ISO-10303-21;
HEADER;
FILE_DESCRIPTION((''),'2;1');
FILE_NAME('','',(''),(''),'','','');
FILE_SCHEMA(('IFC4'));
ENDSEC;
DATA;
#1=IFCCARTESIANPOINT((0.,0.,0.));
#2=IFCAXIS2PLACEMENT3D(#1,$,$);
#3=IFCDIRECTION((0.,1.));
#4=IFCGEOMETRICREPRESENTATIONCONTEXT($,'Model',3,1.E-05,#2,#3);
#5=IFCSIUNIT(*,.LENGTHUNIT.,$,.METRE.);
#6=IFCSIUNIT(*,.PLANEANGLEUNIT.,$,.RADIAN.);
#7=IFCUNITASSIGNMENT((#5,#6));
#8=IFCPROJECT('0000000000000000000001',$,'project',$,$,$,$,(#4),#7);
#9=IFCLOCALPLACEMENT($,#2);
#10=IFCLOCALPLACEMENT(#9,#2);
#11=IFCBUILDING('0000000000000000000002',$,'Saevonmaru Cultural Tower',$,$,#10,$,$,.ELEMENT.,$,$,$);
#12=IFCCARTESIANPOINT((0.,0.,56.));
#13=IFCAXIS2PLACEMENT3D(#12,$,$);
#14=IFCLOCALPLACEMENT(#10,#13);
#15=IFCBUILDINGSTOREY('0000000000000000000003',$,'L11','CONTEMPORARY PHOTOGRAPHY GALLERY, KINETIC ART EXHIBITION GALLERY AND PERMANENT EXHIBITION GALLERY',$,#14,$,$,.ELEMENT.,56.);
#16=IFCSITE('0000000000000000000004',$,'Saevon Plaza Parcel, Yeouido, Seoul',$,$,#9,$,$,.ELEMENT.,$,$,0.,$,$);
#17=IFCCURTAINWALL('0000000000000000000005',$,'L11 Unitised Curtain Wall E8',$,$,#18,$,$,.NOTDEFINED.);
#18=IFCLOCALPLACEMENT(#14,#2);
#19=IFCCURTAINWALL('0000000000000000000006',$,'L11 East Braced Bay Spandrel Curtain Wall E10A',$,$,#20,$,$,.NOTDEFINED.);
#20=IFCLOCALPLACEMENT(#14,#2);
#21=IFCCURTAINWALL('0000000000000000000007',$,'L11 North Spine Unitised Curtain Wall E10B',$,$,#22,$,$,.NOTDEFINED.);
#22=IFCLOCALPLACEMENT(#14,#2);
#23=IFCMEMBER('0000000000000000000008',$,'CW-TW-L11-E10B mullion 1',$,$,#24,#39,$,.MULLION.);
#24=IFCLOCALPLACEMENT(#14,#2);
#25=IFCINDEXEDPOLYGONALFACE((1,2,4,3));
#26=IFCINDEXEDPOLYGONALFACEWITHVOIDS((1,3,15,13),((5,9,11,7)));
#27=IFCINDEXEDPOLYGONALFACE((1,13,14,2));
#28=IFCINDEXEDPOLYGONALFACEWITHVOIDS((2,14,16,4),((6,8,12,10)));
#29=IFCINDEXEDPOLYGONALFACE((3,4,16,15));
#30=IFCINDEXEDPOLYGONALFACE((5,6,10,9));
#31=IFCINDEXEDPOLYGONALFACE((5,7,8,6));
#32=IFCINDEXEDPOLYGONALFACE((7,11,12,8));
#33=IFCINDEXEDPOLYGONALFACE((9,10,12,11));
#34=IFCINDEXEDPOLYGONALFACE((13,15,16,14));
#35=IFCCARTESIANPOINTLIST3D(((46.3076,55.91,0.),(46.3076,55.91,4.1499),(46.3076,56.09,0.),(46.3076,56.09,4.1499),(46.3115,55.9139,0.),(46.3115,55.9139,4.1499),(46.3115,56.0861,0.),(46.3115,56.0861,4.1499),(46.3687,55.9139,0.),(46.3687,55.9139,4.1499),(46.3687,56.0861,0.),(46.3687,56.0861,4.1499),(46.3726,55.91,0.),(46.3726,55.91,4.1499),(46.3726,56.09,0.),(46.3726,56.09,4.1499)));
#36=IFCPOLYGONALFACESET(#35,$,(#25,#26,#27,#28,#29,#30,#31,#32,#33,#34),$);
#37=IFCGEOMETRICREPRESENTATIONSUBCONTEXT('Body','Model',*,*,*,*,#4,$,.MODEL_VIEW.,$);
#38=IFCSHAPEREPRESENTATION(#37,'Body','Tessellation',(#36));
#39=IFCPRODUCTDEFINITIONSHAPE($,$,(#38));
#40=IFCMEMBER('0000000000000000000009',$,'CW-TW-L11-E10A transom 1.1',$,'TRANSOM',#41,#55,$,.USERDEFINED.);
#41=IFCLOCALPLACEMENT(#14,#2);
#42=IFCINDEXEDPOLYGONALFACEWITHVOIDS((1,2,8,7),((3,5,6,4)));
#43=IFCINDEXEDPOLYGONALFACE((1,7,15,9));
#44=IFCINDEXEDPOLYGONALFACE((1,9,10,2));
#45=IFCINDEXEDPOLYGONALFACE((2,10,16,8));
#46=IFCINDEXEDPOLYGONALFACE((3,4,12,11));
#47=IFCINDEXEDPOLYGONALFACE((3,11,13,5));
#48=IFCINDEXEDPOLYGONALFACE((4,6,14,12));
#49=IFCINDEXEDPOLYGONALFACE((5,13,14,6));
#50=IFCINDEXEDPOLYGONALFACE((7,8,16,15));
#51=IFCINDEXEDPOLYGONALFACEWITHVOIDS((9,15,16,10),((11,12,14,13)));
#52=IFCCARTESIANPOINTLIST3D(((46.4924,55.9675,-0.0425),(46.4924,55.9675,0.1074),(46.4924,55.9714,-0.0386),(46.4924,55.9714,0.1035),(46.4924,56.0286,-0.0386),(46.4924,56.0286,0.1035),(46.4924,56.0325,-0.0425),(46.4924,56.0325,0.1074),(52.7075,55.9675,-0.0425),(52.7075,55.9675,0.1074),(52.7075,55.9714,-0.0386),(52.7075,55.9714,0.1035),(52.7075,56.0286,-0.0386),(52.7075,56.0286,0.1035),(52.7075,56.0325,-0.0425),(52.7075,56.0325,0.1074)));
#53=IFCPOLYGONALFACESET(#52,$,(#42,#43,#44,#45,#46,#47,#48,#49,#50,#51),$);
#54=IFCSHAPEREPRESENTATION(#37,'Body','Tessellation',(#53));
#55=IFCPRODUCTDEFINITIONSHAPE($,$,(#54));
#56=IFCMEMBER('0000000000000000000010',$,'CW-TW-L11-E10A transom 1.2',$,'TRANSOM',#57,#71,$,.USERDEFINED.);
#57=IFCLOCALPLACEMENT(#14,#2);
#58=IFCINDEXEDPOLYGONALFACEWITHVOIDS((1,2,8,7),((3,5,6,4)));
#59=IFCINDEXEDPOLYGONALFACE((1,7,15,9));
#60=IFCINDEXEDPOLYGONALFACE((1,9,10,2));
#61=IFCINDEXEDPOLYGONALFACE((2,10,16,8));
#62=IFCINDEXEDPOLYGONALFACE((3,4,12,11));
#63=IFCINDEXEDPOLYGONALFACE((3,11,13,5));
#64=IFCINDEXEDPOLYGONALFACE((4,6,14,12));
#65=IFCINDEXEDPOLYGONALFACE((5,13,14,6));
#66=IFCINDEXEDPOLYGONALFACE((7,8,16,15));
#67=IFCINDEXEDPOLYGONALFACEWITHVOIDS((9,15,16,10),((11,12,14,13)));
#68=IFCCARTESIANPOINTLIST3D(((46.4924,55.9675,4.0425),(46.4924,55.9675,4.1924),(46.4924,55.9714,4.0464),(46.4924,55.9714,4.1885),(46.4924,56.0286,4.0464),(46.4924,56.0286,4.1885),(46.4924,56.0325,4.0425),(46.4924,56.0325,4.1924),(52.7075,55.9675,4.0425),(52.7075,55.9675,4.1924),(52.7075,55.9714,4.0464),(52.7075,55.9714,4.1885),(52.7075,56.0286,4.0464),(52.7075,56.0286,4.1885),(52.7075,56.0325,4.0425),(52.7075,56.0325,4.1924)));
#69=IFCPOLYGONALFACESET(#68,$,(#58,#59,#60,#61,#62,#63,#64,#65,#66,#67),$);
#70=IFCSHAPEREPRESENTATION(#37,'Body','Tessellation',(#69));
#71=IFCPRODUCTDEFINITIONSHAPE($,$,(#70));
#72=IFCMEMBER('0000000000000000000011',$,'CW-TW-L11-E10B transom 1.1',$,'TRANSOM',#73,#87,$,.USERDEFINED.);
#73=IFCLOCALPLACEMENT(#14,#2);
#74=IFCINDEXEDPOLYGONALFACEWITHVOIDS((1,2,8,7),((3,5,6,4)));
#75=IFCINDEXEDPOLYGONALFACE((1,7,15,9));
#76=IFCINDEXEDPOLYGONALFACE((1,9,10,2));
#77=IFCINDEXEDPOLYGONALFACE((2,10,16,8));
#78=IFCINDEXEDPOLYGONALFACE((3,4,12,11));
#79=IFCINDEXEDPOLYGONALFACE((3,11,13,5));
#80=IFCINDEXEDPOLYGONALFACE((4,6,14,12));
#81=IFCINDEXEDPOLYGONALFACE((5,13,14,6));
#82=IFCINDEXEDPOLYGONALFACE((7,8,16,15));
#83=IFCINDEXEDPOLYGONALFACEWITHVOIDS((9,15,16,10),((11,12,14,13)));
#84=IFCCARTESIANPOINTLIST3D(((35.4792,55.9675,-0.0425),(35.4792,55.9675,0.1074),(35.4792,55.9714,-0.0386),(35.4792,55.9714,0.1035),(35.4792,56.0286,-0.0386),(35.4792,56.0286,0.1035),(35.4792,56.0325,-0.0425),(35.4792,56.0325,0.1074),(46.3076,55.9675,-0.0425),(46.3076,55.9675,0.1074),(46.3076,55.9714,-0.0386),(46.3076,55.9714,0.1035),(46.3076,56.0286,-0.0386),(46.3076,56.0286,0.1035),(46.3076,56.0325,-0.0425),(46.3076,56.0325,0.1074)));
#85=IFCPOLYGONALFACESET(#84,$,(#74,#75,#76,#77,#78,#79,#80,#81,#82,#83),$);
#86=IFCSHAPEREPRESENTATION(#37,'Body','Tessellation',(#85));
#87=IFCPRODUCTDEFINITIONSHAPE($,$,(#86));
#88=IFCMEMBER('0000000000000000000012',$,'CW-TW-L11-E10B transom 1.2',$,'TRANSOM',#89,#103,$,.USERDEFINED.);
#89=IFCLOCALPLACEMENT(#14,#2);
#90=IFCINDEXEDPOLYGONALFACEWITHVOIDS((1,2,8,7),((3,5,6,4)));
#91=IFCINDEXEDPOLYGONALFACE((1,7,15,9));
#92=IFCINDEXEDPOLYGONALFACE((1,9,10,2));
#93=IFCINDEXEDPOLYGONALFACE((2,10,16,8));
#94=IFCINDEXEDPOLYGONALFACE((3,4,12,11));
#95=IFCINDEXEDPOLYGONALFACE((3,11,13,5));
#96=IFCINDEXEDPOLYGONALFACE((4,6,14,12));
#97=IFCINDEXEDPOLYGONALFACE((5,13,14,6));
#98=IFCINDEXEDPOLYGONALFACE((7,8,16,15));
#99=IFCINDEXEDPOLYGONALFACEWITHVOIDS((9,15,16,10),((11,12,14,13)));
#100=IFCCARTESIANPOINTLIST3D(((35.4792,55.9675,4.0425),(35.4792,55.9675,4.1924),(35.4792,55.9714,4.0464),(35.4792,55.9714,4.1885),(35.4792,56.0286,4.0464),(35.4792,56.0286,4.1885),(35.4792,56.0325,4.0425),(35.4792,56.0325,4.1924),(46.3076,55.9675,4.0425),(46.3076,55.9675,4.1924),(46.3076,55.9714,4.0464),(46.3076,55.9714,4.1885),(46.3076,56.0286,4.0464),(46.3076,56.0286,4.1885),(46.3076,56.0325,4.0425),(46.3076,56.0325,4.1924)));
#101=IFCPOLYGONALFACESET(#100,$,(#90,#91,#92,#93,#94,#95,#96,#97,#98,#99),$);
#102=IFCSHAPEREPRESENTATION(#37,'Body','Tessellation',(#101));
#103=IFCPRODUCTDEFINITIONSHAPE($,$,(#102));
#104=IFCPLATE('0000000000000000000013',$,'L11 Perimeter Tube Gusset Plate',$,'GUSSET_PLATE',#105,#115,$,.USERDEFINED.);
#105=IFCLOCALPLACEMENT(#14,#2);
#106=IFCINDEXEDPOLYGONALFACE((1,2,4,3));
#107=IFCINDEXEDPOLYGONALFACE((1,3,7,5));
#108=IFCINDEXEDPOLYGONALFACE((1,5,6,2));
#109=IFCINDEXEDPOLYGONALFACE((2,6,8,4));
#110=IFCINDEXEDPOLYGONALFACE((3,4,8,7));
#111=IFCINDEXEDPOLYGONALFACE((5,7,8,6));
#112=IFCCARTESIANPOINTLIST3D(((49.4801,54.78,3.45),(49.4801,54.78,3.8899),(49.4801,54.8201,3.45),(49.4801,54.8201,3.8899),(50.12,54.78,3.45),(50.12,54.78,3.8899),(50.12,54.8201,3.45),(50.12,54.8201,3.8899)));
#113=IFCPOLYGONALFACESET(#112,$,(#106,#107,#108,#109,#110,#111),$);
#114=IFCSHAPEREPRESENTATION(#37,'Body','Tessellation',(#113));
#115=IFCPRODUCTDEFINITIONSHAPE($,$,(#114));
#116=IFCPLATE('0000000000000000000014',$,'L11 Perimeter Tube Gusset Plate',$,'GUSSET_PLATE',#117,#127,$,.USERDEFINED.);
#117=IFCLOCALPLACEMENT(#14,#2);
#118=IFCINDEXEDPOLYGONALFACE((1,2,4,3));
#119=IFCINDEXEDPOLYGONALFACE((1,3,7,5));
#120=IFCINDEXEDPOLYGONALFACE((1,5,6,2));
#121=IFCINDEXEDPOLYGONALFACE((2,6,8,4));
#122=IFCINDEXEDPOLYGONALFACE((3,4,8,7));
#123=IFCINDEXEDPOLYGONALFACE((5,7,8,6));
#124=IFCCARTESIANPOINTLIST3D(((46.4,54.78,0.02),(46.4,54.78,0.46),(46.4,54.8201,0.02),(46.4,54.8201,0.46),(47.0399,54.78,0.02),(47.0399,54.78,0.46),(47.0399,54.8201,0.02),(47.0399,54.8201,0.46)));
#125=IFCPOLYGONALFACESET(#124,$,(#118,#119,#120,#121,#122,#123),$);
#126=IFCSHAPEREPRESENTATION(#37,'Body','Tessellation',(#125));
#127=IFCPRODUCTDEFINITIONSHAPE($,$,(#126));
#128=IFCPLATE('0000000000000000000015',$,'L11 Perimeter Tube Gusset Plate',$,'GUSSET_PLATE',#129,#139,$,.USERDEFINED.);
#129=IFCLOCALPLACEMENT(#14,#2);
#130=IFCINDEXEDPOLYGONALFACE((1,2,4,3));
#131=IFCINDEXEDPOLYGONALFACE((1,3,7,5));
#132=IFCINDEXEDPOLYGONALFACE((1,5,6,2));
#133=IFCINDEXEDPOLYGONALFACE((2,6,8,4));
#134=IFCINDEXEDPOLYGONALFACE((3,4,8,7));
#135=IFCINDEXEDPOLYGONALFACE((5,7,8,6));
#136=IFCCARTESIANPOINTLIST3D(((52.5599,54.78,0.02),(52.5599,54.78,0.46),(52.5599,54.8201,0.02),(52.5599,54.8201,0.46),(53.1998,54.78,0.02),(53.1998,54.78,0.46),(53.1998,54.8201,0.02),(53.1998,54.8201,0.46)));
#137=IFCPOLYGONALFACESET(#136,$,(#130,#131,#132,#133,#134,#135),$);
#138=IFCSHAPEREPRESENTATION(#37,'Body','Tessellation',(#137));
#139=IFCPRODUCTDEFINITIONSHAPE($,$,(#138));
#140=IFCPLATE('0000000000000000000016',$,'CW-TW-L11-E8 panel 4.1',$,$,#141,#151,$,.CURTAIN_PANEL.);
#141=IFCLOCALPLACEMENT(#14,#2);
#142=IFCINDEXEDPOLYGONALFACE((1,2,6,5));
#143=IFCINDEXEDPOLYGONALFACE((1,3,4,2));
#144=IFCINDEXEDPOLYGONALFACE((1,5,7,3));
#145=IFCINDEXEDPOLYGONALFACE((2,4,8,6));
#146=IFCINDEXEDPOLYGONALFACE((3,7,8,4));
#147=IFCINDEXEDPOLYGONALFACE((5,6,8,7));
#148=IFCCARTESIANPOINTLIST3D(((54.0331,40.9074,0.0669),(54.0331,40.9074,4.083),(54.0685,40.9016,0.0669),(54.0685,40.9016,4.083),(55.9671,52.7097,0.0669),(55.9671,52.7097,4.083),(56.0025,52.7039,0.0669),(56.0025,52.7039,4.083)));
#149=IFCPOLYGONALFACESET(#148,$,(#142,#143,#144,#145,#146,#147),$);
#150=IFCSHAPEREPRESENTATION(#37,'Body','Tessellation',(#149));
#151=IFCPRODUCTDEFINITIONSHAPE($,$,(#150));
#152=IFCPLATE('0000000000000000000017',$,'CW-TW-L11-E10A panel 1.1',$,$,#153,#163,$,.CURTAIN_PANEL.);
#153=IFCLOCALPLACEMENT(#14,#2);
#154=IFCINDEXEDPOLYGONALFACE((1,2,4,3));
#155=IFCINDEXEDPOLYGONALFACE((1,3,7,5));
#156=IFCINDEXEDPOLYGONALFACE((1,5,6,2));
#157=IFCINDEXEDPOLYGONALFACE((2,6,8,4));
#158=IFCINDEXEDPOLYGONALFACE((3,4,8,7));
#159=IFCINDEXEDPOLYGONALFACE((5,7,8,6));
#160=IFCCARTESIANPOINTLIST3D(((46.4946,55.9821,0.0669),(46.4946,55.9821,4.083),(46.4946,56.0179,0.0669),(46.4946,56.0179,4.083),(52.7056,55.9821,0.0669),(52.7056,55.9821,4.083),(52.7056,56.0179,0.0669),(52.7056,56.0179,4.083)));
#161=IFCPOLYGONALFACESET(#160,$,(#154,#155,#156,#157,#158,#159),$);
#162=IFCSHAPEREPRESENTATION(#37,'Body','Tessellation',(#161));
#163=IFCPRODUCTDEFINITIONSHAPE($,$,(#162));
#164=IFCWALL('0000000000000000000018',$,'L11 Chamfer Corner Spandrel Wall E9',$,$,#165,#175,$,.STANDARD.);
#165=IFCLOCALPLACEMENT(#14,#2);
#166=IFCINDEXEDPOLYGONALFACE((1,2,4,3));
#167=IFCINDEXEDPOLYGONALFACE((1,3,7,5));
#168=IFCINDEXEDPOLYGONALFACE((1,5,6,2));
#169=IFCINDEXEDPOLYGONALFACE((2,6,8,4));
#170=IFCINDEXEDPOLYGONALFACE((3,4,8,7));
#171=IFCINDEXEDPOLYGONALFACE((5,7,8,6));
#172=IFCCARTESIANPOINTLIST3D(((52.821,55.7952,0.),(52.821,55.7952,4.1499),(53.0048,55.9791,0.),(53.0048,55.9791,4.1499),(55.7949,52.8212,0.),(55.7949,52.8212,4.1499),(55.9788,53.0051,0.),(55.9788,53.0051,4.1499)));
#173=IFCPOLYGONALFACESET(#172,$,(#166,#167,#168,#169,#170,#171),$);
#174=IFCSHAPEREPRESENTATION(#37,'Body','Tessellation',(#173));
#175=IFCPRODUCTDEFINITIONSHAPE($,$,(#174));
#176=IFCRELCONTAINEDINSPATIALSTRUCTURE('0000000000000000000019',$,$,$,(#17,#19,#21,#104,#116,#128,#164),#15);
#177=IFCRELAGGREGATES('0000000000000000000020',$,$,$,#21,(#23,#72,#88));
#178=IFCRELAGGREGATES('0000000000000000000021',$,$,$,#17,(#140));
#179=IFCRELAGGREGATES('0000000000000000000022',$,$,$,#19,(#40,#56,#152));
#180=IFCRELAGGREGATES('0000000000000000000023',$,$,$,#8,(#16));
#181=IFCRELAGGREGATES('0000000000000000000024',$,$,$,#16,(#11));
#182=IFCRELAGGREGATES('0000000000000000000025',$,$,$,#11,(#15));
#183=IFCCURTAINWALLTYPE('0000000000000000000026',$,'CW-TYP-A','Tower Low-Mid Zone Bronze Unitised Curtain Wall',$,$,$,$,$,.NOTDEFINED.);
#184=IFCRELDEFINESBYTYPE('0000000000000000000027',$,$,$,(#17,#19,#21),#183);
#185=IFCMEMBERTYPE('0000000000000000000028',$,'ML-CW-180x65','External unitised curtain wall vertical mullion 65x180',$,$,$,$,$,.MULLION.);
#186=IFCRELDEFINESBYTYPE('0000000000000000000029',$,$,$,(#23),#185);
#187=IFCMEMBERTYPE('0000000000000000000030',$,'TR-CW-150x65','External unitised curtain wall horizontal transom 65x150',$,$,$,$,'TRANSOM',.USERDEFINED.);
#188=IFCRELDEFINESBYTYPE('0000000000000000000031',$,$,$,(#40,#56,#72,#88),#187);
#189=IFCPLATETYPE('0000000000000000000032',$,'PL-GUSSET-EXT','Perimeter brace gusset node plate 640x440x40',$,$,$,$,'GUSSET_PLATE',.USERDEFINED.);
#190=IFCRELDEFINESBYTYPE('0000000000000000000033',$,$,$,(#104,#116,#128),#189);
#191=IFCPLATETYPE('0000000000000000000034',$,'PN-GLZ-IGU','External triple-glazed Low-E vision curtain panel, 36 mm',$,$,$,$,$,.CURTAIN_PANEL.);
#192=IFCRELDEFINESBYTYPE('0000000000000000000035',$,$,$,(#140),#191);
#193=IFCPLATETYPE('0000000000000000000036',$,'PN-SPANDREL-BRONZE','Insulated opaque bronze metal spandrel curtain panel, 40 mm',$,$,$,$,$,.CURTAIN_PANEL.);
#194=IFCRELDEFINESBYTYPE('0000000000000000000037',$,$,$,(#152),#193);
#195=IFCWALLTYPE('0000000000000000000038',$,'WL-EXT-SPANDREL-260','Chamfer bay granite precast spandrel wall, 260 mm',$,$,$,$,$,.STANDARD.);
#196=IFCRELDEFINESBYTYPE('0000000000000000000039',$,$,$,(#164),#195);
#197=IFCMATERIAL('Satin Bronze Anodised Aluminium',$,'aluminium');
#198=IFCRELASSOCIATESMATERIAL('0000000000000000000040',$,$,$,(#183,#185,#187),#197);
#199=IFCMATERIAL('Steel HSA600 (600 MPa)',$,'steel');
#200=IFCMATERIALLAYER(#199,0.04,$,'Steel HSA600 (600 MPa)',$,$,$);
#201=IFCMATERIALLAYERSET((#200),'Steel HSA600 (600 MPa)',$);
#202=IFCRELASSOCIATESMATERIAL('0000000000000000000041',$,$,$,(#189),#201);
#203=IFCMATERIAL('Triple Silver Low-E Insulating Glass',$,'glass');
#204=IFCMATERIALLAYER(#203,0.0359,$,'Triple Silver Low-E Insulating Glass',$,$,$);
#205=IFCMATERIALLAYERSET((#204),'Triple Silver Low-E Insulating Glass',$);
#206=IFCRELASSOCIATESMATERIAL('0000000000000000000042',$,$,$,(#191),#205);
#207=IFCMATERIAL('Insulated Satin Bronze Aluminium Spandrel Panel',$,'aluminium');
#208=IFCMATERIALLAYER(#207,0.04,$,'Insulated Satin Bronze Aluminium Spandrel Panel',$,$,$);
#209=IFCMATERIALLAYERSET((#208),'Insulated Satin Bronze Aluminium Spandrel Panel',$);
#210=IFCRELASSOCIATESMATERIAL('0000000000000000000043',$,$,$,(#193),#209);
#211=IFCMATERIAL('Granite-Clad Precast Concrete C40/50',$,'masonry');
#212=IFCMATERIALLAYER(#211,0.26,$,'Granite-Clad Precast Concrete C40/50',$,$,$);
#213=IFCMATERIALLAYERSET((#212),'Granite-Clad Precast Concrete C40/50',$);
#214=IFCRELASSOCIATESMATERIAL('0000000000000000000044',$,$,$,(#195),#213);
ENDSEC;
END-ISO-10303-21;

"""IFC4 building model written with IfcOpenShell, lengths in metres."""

from ifc_helpers import new_model, si_unit, direction, frame, frame_2d, origin, origin_2d, place, context, subcontext, project, spatial, rectangle, hollow_rectangle, extrude, material, layer, layer_set, material_profile, profile_set, type_object, element, aggregate, save


model = new_model("IFC4")

# Units and contexts
model_context = context("Model", 3, precision=1e-05, world=origin(), true_north=direction((0.0, 1.0)))
body_context = subcontext(model_context, "Body", "Model", "MODEL_VIEW")
ifc_project = project(units=[si_unit("LENGTHUNIT", "METRE"), si_unit("PLANEANGLEUNIT", "RADIAN")], contexts=[model_context])

# Site, building, storey
site_placement = place(None, origin())
site = spatial("IfcSite", under=ifc_project, at=site_placement, Name="Saevon Plaza Parcel, Yeouido, Seoul", CompositionType="ELEMENT", RefElevation=0.0)
building_placement = place(site_placement, origin())
building = spatial("IfcBuilding", under=site, at=building_placement, Name="Saevonmaru Cultural Tower", CompositionType="ELEMENT")
storey_placement = place(building_placement, frame((0.0, 0.0, 56.0)))
storey = spatial("IfcBuildingStorey", under=building, at=storey_placement, Name="L11", Description="CONTEMPORARY PHOTOGRAPHY GALLERY, KINETIC ART EXHIBITION GALLERY AND PERMANENT EXHIBITION GALLERY", CompositionType="ELEMENT", Elevation=56.0)

# Shared definitions
ifc_material_1 = material(Name="Steel HSA600 (600 MPa)", Category="steel")

# Curtain wall
ifc_material_2 = material(Name="Satin Bronze Anodised Aluminium", Category="aluminium")
curtain_wall_type = type_object("IfcCurtainWallType", Name="CW-TYP-A", Description="Tower Low-Mid Zone Bronze Unitised Curtain Wall", PredefinedType="NOTDEFINED", material=ifc_material_2)
curtain_wall_1_placement = place(storey_placement, origin())
curtain_wall_1 = element("IfcCurtainWall", 1, at=curtain_wall_1_placement, inside=storey, type_object=curtain_wall_type, Name="L11 Unitised Curtain Wall E8", PredefinedType="NOTDEFINED")
ifc_material_profile_1 = material_profile(ifc_material_2, hollow_rectangle(XDim=0.0649, YDim=0.1799, WallThickness=0.0039, at=origin_2d()), Name="ALU-MULL-180x65x4")
ifc_profile_set_1 = profile_set([ifc_material_profile_1], Name="Satin Bronze Anodised Aluminium")
member_type_1 = type_object("IfcMemberType", Name="ML-CW-180x65", Description="External unitised curtain wall vertical mullion 65x180", PredefinedType="MULLION", material=ifc_profile_set_1)

# Curtain wall
curtain_wall_2_placement = place(storey_placement, origin())
curtain_wall_2 = element("IfcCurtainWall", 2, at=curtain_wall_2_placement, inside=storey, type_object=curtain_wall_type, Name="L11 East Braced Bay Spandrel Curtain Wall E10A", PredefinedType="NOTDEFINED")

# Curtain wall, member
curtain_wall_3_placement = place(storey_placement, origin())
curtain_wall_3 = element("IfcCurtainWall", 3, at=curtain_wall_3_placement, inside=storey, type_object=curtain_wall_type, Name="L11 North Spine Unitised Curtain Wall E10B", PredefinedType="NOTDEFINED")
member_1_placement = place(storey_placement, frame((46.3401, 56.0, 0.0), z_axis=(0.0, 0.0, 1.0), x_axis=(-1.0, 0.0, 0.0)))
member_1 = element("IfcMember", 4, at=member_1_placement, type_object=member_type_1, Name="CW-TW-L11-E10B mullion 1", PredefinedType="MULLION", context=body_context, shape_type="SweptSolid", body=[
    extrude(hollow_rectangle(XDim=0.0649, YDim=0.1799, WallThickness=0.0039, at=origin_2d()), origin(), (0.0, 0.0, 1.0), 4.1499),
])

# Members
ifc_material_profile_2 = material_profile(ifc_material_2, hollow_rectangle(XDim=0.0649, YDim=0.1499, WallThickness=0.0039, at=origin_2d()), Name="ALU-TRAN-150x65x4")
ifc_profile_set_2 = profile_set([ifc_material_profile_2], Name="Satin Bronze Anodised Aluminium")
member_type_2 = type_object("IfcMemberType", Name="TR-CW-150x65", Description="External unitised curtain wall horizontal transom 65x150", ElementType="TRANSOM", PredefinedType="USERDEFINED", material=ifc_profile_set_2)
member_2_placement = place(storey_placement, frame((52.7075, 56.0, 0.0325), z_axis=(-1.0, 0.0, 0.0), x_axis=(0.0, -1.0, 0.0)))
member_2 = element("IfcMember", 5, at=member_2_placement, type_object=member_type_2, Name="CW-TW-L11-E10A transom 1.1", ObjectType="TRANSOM", PredefinedType="USERDEFINED", context=body_context, shape_type="SweptSolid", body=[
    extrude(hollow_rectangle(XDim=0.0649, YDim=0.1499, WallThickness=0.0039, at=origin_2d()), origin(), (0.0, 0.0, 1.0), 6.2151),
])
member_3_placement = place(storey_placement, frame((52.7075, 56.0, 4.1174), z_axis=(-1.0, 0.0, 0.0), x_axis=(0.0, -1.0, 0.0)))
member_3 = element("IfcMember", 6, at=member_3_placement, type_object=member_type_2, Name="CW-TW-L11-E10A transom 1.2", ObjectType="TRANSOM", PredefinedType="USERDEFINED", context=body_context, shape_type="SweptSolid", body=[
    extrude(hollow_rectangle(XDim=0.0649, YDim=0.1499, WallThickness=0.0039, at=origin_2d()), origin(), (0.0, 0.0, 1.0), 6.2151),
])
member_4_placement = place(storey_placement, frame((46.3076, 56.0, 0.0325), z_axis=(-1.0, 0.0, 0.0), x_axis=(0.0, -1.0, 0.0)))
member_4 = element("IfcMember", 7, at=member_4_placement, type_object=member_type_2, Name="CW-TW-L11-E10B transom 1.1", ObjectType="TRANSOM", PredefinedType="USERDEFINED", context=body_context, shape_type="SweptSolid", body=[
    extrude(hollow_rectangle(XDim=0.0649, YDim=0.1499, WallThickness=0.0039, at=origin_2d()), origin(), (0.0, 0.0, 1.0), 10.8284),
])
member_5_placement = place(storey_placement, frame((46.3076, 56.0, 4.1174), z_axis=(-1.0, 0.0, 0.0), x_axis=(0.0, -1.0, 0.0)))
member_5 = element("IfcMember", 8, at=member_5_placement, type_object=member_type_2, Name="CW-TW-L11-E10B transom 1.2", ObjectType="TRANSOM", PredefinedType="USERDEFINED", context=body_context, shape_type="SweptSolid", body=[
    extrude(hollow_rectangle(XDim=0.0649, YDim=0.1499, WallThickness=0.0039, at=origin_2d()), origin(), (0.0, 0.0, 1.0), 10.8284),
])
aggregate(curtain_wall_3, [member_1, member_4, member_5])

# Plates
ifc_layer_1 = layer(ifc_material_1, 0.04, Name="Steel HSA600 (600 MPa)")
ifc_layer_set_1 = layer_set([ifc_layer_1], Name="Steel HSA600 (600 MPa)")
plate_type_1 = type_object("IfcPlateType", Name="PL-GUSSET-EXT", Description="Perimeter brace gusset node plate 640x440x40", ElementType="GUSSET_PLATE", PredefinedType="USERDEFINED", material=ifc_layer_set_1)
for number, where, z_axis, x_axis, name in (
    (9, (49.8, 54.8, 3.45), (0.0, 0.0, 1.0), (1.0, 0.0, 0.0), "L11 Perimeter Tube Gusset Plate"),
    (10, (46.72, 54.8, 0.02), (0.0, 0.0, 1.0), (1.0, 0.0, 0.0), "L11 Perimeter Tube Gusset Plate"),
    (11, (52.8799, 54.8, 0.02), (0.0, 0.0, 1.0), (1.0, 0.0, 0.0), "L11 Perimeter Tube Gusset Plate"),
):
    element("IfcPlate", number, at=place(storey_placement, frame(where, z_axis=z_axis, x_axis=x_axis)), inside=storey, type_object=plate_type_1, Name=name, ObjectType="GUSSET_PLATE", PredefinedType="USERDEFINED", context=body_context, shape_type="SweptSolid", body=[
        extrude(rectangle(XDim=0.6399, YDim=0.04, at=origin_2d()), origin(), (0.0, 0.0, 1.0), 0.4399),
    ])

# Plates
ifc_material_3 = material(Name="Triple Silver Low-E Insulating Glass", Category="glass")
ifc_layer_2 = layer(ifc_material_3, 0.0359, Name="Triple Silver Low-E Insulating Glass")
ifc_layer_set_2 = layer_set([ifc_layer_2], Name="Triple Silver Low-E Insulating Glass")
plate_type_2 = type_object("IfcPlateType", Name="PN-GLZ-IGU", Description="External triple-glazed Low-E vision curtain panel, 36 mm", PredefinedType="CURTAIN_PANEL", material=ifc_layer_set_2)
plate_1_placement = place(storey_placement, frame((55.0178, 46.8057, 0.0669), z_axis=(0.0, 0.0, 1.0), x_axis=(0.161709, 0.986839, 0.0)))
plate_1 = element("IfcPlate", 12, at=plate_1_placement, type_object=plate_type_2, Name="CW-TW-L11-E8 panel 4.1", PredefinedType="CURTAIN_PANEL", context=body_context, shape_type="SweptSolid", body=[
    extrude(rectangle(XDim=11.9597, YDim=0.0359, at=origin_2d()), origin(), (0.0, 0.0, 1.0), 4.0161),
])
aggregate(curtain_wall_1, [plate_1])
ifc_material_4 = material(Name="Insulated Satin Bronze Aluminium Spandrel Panel", Category="aluminium")
ifc_layer_3 = layer(ifc_material_4, 0.04, Name="Insulated Satin Bronze Aluminium Spandrel Panel")
ifc_layer_set_3 = layer_set([ifc_layer_3], Name="Insulated Satin Bronze Aluminium Spandrel Panel")
plate_type_3 = type_object("IfcPlateType", Name="PN-SPANDREL-BRONZE", Description="Insulated opaque bronze metal spandrel curtain panel, 40 mm", PredefinedType="CURTAIN_PANEL", material=ifc_layer_set_3)
plate_2_placement = place(storey_placement, frame((49.6001, 56.0, 0.0669), z_axis=(0.0, 0.0, 1.0), x_axis=(-1.0, 0.0, 0.0)))
plate_2 = element("IfcPlate", 13, at=plate_2_placement, type_object=plate_type_3, Name="CW-TW-L11-E10A panel 1.1", PredefinedType="CURTAIN_PANEL", context=body_context, shape_type="SweptSolid", body=[
    extrude(rectangle(XDim=6.2109, YDim=0.0359, at=origin_2d()), origin(), (0.0, 0.0, 1.0), 4.0161),
])
aggregate(curtain_wall_2, [member_2, member_3, plate_2])

# Wall
ifc_material_5 = material(Name="Granite-Clad Precast Concrete C40/50", Category="masonry")
ifc_layer_4 = layer(ifc_material_5, 0.26, Name="Granite-Clad Precast Concrete C40/50")
ifc_layer_set_4 = layer_set([ifc_layer_4], Name="Granite-Clad Precast Concrete C40/50")
wall_type_1 = type_object("IfcWallType", Name="WL-EXT-SPANDREL-260", Description="Chamfer bay granite precast spandrel wall, 260 mm", PredefinedType="STANDARD", material=ifc_layer_set_4)
wall_1_placement = place(storey_placement, frame((55.887, 52.9131, 0.0), z_axis=(0.0, 0.0, 1.0), x_axis=(-0.707107, 0.707107, 0.0)))
element("IfcWall", 14, at=wall_1_placement, inside=storey, type_object=wall_type_1, Name="L11 Chamfer Corner Spandrel Wall E9", PredefinedType="STANDARD", context=body_context, shape_type="SweptSolid", body=[
    extrude(rectangle(XDim=4.2058, YDim=0.26, at=frame_2d((2.103, 0.0))), origin(), (0.0, 0.0, 1.0), 4.1499),
])

save(model, "model.ifc")
